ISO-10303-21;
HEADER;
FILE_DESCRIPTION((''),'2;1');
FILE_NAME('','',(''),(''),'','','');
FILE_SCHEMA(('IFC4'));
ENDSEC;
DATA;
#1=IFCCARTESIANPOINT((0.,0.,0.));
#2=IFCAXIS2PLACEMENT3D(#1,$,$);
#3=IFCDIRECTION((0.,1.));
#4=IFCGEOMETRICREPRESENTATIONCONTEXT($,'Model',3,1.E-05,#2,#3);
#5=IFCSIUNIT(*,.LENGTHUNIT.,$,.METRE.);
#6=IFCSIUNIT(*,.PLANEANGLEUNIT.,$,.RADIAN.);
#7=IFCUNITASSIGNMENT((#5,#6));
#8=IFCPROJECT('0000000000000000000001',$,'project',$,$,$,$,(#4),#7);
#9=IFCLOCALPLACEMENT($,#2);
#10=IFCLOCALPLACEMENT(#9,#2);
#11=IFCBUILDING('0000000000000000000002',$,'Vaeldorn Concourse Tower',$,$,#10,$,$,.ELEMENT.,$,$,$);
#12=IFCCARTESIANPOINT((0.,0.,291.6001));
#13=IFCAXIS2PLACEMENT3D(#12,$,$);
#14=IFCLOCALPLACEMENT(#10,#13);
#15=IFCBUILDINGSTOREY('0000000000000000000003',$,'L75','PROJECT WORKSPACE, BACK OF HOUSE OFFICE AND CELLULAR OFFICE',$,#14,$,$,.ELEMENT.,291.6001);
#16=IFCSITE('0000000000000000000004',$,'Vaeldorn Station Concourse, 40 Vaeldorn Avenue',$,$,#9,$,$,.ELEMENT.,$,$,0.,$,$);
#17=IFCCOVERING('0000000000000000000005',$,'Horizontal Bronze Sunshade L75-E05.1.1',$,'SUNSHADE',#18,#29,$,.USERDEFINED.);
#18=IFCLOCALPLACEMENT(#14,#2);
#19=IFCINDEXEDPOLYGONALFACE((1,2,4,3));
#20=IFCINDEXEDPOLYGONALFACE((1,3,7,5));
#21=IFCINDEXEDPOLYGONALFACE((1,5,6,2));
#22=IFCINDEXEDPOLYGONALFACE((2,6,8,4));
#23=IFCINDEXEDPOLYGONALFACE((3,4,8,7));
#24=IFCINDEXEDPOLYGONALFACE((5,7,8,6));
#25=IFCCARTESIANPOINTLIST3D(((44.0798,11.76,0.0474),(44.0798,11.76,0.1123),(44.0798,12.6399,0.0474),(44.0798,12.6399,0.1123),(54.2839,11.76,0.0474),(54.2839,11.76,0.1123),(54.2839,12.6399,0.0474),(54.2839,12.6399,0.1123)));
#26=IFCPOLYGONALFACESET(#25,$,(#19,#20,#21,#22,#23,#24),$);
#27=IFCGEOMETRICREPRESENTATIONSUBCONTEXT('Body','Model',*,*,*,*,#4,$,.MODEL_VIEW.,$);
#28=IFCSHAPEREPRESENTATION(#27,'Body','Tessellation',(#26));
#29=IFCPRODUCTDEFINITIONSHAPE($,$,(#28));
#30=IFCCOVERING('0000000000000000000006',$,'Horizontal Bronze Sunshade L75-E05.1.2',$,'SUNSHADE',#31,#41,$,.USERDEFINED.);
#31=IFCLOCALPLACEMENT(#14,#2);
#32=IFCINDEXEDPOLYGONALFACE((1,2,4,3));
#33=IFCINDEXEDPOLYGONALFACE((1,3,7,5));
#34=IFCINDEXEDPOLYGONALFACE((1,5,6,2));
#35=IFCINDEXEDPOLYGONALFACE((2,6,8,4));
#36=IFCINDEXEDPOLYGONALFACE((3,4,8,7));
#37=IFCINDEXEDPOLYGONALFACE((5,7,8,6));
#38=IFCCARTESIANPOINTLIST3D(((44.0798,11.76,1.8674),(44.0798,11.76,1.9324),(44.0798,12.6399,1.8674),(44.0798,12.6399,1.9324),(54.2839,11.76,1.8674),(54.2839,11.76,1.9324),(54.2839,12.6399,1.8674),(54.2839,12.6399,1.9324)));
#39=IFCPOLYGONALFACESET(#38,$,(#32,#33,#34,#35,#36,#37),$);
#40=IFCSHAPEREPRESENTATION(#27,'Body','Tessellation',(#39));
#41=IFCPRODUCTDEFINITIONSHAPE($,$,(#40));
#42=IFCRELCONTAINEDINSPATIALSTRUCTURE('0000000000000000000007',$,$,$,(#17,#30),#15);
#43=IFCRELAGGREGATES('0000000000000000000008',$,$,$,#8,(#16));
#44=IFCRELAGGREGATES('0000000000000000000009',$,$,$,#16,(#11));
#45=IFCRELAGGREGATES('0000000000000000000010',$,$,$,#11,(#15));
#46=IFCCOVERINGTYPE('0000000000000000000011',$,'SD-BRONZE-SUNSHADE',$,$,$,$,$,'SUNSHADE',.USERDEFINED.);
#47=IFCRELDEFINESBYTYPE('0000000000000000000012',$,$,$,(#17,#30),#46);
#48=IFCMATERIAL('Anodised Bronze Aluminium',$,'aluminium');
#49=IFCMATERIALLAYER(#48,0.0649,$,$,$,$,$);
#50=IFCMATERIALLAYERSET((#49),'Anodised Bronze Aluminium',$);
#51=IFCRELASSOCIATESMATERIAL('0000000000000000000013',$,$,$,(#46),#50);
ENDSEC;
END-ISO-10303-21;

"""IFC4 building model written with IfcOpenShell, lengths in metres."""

from ifc_helpers import new_model, si_unit, direction, frame, origin, origin_2d, place, context, subcontext, project, spatial, rectangle, extrude, source, transform, mapped, material, layer, layer_set, type_object, element, save


model = new_model("IFC4")

# Units and contexts
model_context = context("Model", 3, precision=1e-05, world=origin(), true_north=direction((0.0, 1.0)))
body_context = subcontext(model_context, "Body", "Model", "MODEL_VIEW")
ifc_project = project(units=[si_unit("LENGTHUNIT", "METRE"), si_unit("PLANEANGLEUNIT", "RADIAN")], contexts=[model_context])

# Site, building, storey
site_placement = place(None, origin())
site = spatial("IfcSite", under=ifc_project, at=site_placement, Name="Vaeldorn Station Concourse, 40 Vaeldorn Avenue", CompositionType="ELEMENT", RefElevation=0.0)
building_placement = place(site_placement, origin())
building = spatial("IfcBuilding", under=site, at=building_placement, Name="Vaeldorn Concourse Tower", CompositionType="ELEMENT")
storey_placement = place(building_placement, frame((0.0, 0.0, 291.6001)))
storey = spatial("IfcBuildingStorey", under=building, at=storey_placement, Name="L75", Description="PROJECT WORKSPACE, BACK OF HOUSE OFFICE AND CELLULAR OFFICE", CompositionType="ELEMENT", Elevation=291.6001)

# Shared definitions
ifc_material_1 = material(Name="Anodised Bronze Aluminium", Category="aluminium")

# Coverings
ifc_layer_1 = layer(ifc_material_1, 0.0649)
ifc_layer_set_1 = layer_set([ifc_layer_1], Name="Anodised Bronze Aluminium")
covering_type = type_object("IfcCoveringType", Name="SD-BRONZE-SUNSHADE", ElementType="SUNSHADE", PredefinedType="USERDEFINED", material=ifc_layer_set_1)
shared_shape_1 = source(origin(), body_context, "Body", "SweptSolid", [
    extrude(rectangle(XDim=10.2041, YDim=0.8799, at=origin_2d()), origin(), (0.0, 0.0, 1.0), 0.0649),
])
for number, where, z_axis, x_axis, name in (
    (1, (49.1819, 12.2, 0.0474), (0.0, 0.0, 1.0), (1.0, 0.0, 0.0), "Horizontal Bronze Sunshade L75-E05.1.1"),
    (2, (49.1819, 12.2, 1.8674), (0.0, 0.0, 1.0), (1.0, 0.0, 0.0), "Horizontal Bronze Sunshade L75-E05.1.2"),
):
    element("IfcCovering", number, at=place(storey_placement, frame(where, z_axis=z_axis, x_axis=x_axis)), inside=storey, type_object=covering_type, Name=name, ObjectType="SUNSHADE", PredefinedType="USERDEFINED", context=body_context, shape_type="MappedRepresentation", body=[
        mapped(shared_shape_1, transform((0.0, 0.0, 0.0), scale=1.0)),
    ])

save(model, "model.ifc")
